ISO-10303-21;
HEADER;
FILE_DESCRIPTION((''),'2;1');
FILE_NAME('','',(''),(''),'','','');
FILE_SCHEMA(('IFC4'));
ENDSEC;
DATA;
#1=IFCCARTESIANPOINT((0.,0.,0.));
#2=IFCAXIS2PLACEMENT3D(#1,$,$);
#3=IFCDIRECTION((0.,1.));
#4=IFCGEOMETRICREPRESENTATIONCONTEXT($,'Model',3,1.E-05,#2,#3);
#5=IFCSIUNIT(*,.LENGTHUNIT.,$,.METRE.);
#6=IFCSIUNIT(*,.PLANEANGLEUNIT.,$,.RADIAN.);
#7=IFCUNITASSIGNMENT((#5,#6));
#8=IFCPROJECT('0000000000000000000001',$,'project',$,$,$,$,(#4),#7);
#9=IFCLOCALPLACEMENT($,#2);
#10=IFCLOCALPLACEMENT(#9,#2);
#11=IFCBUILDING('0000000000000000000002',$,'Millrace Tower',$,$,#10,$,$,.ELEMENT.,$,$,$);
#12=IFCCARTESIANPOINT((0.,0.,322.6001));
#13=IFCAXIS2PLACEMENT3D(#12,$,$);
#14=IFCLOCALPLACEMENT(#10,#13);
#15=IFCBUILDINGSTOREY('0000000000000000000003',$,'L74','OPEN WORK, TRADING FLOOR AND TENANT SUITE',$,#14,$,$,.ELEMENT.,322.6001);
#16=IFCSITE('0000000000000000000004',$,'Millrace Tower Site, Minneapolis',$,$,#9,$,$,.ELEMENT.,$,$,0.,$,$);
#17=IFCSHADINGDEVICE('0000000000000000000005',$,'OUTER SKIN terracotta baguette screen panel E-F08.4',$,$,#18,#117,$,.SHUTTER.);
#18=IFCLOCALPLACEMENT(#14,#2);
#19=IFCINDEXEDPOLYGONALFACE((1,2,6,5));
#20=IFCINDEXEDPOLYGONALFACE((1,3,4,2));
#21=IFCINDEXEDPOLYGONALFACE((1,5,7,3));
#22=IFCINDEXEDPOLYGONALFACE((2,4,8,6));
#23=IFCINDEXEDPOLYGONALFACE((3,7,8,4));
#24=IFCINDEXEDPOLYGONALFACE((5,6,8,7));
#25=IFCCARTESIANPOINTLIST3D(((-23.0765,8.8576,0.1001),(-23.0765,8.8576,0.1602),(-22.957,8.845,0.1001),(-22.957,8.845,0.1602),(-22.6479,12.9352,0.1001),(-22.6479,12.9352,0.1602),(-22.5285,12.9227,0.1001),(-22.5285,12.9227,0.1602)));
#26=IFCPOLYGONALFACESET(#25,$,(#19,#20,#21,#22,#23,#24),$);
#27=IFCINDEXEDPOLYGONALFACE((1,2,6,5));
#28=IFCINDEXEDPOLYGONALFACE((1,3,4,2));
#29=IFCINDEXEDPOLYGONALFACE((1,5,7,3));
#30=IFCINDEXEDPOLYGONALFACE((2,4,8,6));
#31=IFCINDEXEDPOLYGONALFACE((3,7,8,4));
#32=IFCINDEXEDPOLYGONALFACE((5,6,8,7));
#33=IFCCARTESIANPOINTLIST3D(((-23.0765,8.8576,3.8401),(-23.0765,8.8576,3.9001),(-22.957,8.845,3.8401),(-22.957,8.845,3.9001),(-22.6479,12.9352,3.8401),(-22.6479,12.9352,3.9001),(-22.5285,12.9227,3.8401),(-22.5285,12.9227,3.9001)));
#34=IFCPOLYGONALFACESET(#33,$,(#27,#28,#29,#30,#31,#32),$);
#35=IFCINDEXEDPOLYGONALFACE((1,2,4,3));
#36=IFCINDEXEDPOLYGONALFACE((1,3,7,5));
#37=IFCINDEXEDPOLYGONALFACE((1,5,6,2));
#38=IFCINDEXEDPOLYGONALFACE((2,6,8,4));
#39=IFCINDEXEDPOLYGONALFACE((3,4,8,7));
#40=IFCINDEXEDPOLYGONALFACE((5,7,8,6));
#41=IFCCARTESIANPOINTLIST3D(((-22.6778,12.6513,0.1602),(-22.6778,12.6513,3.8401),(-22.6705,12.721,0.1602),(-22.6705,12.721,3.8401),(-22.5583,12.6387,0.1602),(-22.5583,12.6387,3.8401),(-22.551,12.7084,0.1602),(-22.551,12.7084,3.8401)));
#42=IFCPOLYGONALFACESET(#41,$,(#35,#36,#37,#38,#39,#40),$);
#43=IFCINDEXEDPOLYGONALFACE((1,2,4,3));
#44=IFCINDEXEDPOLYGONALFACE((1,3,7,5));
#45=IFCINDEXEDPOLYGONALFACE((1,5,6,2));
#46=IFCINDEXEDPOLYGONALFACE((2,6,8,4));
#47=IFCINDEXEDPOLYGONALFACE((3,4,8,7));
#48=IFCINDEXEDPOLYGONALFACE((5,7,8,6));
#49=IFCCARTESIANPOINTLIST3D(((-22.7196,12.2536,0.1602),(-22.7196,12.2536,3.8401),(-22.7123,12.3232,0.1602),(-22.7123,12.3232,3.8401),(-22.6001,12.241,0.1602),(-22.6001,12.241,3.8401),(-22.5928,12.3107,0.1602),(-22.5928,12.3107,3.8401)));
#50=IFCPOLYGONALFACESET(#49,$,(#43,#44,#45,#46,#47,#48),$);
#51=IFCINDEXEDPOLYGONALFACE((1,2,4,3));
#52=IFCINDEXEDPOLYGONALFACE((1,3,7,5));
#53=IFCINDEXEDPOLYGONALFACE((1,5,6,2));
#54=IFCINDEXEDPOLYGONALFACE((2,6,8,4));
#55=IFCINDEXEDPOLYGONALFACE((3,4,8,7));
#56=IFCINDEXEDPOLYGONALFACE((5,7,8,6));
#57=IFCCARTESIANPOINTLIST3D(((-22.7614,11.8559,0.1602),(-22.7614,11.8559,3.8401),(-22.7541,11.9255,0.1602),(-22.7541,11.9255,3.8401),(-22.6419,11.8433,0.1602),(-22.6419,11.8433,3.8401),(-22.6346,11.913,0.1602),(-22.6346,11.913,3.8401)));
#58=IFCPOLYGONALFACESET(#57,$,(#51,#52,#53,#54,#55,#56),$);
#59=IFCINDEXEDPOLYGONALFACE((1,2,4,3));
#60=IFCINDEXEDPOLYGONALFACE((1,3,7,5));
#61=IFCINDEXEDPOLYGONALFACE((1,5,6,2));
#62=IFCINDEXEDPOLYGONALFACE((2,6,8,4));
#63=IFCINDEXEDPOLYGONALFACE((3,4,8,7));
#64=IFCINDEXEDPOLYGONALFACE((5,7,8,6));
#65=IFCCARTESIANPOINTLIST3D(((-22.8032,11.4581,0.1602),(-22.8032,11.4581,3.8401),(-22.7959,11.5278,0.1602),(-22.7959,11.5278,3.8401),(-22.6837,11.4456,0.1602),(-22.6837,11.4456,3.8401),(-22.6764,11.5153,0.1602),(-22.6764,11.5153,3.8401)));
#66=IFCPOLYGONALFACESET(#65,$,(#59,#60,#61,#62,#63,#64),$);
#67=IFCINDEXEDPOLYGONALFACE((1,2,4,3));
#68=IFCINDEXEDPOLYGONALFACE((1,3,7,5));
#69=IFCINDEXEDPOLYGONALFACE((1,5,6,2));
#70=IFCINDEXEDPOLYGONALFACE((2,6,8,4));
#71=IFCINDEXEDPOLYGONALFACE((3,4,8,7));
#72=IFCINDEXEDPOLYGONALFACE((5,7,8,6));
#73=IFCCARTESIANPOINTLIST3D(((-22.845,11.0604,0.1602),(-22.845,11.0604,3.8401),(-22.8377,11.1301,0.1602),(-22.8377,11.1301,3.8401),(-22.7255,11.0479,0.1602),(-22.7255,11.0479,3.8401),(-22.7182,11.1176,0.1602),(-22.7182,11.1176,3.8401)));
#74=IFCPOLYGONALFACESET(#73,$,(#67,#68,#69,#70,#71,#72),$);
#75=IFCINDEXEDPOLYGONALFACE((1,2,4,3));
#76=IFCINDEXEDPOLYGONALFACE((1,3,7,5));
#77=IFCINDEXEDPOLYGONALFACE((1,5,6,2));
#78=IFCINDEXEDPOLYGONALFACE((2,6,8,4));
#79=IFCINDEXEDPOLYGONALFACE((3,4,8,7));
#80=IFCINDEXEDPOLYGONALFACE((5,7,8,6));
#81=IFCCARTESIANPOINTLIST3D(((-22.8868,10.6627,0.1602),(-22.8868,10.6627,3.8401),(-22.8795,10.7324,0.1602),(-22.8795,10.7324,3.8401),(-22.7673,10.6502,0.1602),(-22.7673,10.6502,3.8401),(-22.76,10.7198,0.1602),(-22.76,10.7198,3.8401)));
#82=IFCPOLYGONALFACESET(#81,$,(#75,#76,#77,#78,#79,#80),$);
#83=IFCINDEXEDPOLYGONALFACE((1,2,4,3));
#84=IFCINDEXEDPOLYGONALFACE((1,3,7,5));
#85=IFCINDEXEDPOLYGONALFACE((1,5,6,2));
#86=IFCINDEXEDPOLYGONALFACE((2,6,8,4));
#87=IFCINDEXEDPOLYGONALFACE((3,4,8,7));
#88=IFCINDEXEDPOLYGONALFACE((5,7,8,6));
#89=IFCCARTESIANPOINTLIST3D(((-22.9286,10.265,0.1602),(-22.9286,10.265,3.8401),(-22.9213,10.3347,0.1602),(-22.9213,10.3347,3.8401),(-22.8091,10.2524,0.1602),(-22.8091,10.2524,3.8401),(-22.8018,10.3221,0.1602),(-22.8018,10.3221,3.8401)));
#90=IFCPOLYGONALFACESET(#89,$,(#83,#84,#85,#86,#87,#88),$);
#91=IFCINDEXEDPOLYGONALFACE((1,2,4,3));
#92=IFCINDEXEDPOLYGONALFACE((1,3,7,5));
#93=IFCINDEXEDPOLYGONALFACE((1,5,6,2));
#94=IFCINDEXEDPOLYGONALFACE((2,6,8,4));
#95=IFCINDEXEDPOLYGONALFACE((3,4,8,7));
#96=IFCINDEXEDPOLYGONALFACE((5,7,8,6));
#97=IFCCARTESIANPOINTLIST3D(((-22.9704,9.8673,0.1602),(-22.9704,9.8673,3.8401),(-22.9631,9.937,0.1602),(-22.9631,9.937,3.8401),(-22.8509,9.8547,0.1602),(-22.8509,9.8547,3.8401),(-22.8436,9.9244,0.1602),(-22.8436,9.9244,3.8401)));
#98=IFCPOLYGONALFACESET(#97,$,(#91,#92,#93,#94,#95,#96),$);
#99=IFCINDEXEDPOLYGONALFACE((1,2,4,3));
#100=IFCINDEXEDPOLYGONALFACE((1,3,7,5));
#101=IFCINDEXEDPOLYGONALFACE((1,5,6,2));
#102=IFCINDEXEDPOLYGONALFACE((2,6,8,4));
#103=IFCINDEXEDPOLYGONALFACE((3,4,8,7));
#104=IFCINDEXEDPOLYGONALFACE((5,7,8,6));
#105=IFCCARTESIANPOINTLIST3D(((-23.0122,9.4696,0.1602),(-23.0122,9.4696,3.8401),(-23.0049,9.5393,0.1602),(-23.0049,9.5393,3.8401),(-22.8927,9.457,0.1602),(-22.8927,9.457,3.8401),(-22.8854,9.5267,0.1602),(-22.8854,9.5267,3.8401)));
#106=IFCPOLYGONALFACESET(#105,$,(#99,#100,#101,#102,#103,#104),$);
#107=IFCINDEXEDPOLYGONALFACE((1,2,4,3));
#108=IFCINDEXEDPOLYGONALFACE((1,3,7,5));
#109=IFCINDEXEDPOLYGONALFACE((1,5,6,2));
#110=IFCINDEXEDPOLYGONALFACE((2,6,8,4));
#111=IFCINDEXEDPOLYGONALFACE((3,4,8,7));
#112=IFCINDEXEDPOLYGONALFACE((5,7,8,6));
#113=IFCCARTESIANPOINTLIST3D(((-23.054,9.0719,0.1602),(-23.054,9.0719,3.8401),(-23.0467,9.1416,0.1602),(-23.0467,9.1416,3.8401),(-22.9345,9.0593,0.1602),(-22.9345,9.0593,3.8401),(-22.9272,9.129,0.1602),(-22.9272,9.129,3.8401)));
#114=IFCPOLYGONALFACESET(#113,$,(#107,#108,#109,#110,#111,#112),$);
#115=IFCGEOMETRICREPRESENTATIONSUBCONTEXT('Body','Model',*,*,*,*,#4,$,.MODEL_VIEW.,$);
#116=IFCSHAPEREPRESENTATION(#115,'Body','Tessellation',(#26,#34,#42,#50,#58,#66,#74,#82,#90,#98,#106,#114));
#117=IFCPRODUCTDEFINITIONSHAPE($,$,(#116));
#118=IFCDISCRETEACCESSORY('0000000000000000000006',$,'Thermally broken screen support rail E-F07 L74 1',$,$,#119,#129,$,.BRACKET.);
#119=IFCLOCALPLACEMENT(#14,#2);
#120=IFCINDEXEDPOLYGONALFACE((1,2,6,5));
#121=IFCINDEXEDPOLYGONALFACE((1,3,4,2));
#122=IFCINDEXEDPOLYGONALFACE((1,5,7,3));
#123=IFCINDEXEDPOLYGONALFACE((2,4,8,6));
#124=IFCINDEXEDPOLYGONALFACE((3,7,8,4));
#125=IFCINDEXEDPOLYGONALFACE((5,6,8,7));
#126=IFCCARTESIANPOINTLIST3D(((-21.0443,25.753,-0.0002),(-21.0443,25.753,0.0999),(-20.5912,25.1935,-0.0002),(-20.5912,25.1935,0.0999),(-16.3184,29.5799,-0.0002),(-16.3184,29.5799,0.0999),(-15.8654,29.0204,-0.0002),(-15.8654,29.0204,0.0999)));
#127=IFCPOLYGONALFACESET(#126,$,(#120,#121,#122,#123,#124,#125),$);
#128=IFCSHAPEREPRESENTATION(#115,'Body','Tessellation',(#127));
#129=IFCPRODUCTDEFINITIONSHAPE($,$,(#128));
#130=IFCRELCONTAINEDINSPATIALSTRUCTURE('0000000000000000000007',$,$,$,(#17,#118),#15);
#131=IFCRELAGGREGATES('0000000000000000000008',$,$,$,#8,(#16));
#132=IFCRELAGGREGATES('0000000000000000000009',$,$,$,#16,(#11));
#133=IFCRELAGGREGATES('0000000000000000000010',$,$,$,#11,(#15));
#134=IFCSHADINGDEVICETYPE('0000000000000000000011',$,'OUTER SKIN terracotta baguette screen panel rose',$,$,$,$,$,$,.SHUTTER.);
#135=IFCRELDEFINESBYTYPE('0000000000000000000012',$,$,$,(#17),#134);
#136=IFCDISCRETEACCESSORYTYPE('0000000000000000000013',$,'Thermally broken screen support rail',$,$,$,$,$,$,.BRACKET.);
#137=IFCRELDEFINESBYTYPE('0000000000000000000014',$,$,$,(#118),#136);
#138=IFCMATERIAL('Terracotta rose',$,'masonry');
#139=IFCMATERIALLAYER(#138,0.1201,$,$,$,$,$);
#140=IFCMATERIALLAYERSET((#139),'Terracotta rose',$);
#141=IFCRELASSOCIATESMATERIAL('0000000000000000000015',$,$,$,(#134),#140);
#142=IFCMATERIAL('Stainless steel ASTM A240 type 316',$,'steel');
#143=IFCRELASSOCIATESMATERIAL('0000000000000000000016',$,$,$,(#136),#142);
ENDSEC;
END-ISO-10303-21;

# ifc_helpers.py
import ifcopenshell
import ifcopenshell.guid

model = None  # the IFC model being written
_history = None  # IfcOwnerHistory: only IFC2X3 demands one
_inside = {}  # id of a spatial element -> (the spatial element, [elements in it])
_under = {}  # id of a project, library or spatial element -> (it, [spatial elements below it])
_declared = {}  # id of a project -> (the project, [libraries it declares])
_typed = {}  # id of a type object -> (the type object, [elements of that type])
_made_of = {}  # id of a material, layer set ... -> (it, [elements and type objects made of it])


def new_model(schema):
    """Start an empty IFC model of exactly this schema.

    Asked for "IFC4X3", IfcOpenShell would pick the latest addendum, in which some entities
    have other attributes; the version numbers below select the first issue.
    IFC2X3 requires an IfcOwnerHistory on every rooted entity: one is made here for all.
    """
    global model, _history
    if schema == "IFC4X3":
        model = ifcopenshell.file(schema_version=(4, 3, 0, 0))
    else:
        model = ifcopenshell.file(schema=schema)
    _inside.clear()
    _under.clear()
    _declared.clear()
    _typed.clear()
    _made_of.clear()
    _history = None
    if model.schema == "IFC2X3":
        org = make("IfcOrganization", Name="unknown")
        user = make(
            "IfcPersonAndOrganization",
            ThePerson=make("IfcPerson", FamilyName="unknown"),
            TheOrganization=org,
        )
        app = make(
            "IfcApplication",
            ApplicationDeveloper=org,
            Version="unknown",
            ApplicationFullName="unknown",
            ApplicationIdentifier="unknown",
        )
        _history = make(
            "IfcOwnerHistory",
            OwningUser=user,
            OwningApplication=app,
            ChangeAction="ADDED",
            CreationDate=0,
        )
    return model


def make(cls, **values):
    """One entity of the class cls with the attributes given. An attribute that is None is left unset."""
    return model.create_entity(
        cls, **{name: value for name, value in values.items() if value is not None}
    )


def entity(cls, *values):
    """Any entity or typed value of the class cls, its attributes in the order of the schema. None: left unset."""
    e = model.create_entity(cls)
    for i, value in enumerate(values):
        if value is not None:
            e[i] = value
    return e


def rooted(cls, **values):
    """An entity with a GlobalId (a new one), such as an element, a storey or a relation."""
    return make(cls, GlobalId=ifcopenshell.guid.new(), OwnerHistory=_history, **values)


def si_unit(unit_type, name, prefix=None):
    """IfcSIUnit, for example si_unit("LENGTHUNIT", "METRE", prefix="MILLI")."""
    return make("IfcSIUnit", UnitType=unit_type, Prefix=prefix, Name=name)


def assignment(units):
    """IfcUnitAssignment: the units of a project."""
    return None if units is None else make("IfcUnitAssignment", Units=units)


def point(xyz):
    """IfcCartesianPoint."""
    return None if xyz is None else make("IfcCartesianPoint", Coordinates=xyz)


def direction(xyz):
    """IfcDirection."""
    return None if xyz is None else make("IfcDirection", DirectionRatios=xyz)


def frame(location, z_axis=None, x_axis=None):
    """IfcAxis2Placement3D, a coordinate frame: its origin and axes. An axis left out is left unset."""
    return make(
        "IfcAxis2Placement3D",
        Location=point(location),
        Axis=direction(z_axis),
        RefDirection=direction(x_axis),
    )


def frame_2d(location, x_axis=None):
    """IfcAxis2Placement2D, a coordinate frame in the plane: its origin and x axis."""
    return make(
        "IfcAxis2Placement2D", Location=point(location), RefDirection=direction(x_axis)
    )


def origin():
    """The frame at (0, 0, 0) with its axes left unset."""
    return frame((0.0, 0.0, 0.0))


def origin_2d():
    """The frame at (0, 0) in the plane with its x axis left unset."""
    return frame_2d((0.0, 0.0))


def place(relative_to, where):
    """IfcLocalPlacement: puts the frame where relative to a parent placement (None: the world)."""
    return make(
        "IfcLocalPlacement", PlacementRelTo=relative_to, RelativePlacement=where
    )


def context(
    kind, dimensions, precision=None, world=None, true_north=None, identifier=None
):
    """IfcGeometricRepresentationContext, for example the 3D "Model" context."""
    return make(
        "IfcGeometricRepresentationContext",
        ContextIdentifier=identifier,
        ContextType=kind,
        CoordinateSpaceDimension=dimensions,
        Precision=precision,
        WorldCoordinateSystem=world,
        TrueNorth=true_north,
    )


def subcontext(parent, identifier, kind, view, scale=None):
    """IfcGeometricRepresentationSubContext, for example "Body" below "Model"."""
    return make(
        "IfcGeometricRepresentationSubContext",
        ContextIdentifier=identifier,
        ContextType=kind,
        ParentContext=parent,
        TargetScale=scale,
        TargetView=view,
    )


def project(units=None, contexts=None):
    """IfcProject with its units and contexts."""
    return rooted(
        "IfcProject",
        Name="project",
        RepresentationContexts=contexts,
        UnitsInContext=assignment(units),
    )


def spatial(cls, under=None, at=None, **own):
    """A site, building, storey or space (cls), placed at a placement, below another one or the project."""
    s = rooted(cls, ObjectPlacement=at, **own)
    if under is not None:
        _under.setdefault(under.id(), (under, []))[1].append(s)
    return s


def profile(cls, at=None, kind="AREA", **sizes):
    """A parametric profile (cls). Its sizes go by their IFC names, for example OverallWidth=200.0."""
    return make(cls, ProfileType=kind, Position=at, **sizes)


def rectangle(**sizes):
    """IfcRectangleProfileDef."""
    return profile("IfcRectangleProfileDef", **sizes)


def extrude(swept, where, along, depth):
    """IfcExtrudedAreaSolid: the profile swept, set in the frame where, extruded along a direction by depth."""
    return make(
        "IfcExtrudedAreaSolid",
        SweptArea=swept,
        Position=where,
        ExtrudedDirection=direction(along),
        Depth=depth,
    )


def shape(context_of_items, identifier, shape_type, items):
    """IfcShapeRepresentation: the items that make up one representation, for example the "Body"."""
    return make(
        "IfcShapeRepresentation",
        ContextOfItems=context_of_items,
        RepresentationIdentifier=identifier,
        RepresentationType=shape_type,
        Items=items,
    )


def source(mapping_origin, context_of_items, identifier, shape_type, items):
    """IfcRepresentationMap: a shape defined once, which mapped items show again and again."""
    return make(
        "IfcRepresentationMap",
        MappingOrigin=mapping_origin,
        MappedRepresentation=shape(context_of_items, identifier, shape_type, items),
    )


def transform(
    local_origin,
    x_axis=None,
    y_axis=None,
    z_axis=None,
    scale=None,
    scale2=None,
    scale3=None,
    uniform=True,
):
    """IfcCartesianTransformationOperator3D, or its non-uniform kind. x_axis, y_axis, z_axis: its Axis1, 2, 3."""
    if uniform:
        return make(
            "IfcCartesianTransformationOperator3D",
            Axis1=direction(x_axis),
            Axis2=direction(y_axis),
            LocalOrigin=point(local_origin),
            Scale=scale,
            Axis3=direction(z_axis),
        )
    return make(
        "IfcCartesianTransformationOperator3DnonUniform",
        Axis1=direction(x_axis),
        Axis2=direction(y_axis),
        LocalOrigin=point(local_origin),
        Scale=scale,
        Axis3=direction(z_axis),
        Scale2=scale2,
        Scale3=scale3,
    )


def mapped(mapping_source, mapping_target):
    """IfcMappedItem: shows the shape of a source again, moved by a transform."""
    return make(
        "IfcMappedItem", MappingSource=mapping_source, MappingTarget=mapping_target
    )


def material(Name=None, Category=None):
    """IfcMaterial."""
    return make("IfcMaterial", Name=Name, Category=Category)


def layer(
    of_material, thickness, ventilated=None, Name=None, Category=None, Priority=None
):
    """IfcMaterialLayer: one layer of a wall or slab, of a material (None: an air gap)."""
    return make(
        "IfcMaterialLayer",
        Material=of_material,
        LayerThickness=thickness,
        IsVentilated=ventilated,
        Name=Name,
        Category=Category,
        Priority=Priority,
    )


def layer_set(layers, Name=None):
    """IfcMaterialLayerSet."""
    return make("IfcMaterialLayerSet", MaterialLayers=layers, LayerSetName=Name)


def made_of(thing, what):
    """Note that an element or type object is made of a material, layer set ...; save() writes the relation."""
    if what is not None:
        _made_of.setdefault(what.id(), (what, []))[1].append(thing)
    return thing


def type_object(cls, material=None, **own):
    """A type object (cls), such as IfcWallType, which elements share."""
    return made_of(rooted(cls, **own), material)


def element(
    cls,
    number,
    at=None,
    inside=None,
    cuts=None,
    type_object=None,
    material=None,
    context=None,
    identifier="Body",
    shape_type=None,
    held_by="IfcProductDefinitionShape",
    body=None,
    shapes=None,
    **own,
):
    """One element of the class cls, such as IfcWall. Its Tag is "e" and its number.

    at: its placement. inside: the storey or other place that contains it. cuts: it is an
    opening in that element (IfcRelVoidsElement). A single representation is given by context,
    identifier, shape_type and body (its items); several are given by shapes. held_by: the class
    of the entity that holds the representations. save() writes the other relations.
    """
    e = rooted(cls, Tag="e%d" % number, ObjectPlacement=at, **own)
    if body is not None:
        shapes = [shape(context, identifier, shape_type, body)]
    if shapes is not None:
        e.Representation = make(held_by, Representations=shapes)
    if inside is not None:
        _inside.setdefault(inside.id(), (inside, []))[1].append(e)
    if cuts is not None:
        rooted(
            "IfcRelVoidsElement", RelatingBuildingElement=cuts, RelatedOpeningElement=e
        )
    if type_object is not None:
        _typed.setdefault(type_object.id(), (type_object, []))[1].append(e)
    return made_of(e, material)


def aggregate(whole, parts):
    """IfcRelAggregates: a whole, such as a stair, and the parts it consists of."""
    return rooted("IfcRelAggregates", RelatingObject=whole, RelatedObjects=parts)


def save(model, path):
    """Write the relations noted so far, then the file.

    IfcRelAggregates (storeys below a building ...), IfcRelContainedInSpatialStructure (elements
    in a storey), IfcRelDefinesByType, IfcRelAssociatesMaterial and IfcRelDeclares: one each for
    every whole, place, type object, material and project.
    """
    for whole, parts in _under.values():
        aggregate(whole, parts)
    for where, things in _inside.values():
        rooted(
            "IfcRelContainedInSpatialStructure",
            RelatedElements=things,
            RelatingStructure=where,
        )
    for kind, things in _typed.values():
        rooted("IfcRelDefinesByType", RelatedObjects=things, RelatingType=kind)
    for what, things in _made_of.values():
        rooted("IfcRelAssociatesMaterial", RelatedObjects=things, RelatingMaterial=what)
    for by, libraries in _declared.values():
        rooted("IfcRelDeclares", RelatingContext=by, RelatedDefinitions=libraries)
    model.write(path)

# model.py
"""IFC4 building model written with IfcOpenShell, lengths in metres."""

from ifc_helpers import new_model, entity, si_unit, direction, frame, frame_2d, origin, origin_2d, place, context, subcontext, project, spatial, rectangle, extrude, source, transform, mapped, material, layer, layer_set, type_object, element, save


model = new_model("IFC4")

# Units and contexts
model_context = context("Model", 3, precision=1e-05, world=origin(), true_north=direction((0.0, 1.0)))
body_context = subcontext(model_context, "Body", "Model", "MODEL_VIEW")
ifc_project = project(units=[si_unit("LENGTHUNIT", "METRE"), si_unit("PLANEANGLEUNIT", "RADIAN")], contexts=[model_context])

# Site, building, storey
site_placement = place(None, origin())
site = spatial("IfcSite", under=ifc_project, at=site_placement, Name="Millrace Tower Site, Minneapolis", CompositionType="ELEMENT", RefElevation=0.0)
building_placement = place(site_placement, origin())
building = spatial("IfcBuilding", under=site, at=building_placement, Name="Millrace Tower", CompositionType="ELEMENT")
storey_placement = place(building_placement, frame((0.0, 0.0, 322.6001)))
storey = spatial("IfcBuildingStorey", under=building, at=storey_placement, Name="L74", Description="OPEN WORK, TRADING FLOOR AND TENANT SUITE", CompositionType="ELEMENT", Elevation=322.6001)

# Shading device
ifc_material_1 = material(Name="Terracotta rose", Category="masonry")
ifc_layer_1 = layer(ifc_material_1, 0.1201)
ifc_layer_set_1 = layer_set([ifc_layer_1], Name="Terracotta rose")
shading_device_type = type_object("IfcShadingDeviceType", Name="OUTER SKIN terracotta baguette screen panel rose", PredefinedType="SHUTTER", material=ifc_layer_set_1)
cartesian_point_1 = entity("IfcCartesianPoint", [-2.05, 0.0601])
shared_polyline_1 = entity("IfcPolyline", [cartesian_point_1, entity("IfcCartesianPoint", [2.05, 0.0601]), entity("IfcCartesianPoint", [2.05, -0.0601]), entity("IfcCartesianPoint", [-2.05, -0.0601]), cartesian_point_1])
shared_shape_1 = source(origin(), body_context, "Body", "SweptSolid", [
    entity("IfcExtrudedAreaSolid", entity("IfcArbitraryClosedProfileDef", "AREA", None, shared_polyline_1), entity("IfcAxis2Placement3D", entity("IfcCartesianPoint", [0.0, 0.0, 0.0])), entity("IfcDirection", [0.0, 0.0, 1.0]), 0.0601),
    entity("IfcExtrudedAreaSolid", entity("IfcArbitraryClosedProfileDef", "AREA", None, shared_polyline_1), entity("IfcAxis2Placement3D", entity("IfcCartesianPoint", [0.0, 0.0, 3.74])), entity("IfcDirection", [0.0, 0.0, 1.0]), 0.0601),
    extrude(rectangle(XDim=0.0701, YDim=0.1201, at=frame_2d((-1.7996, 0.0))), frame((0.0, 0.0, 0.0601)), (0.0, 0.0, 1.0), 3.6799),
    extrude(rectangle(XDim=0.0701, YDim=0.1201, at=frame_2d((-1.3997, 0.0))), frame((0.0, 0.0, 0.0601)), (0.0, 0.0, 1.0), 3.6799),
    extrude(rectangle(XDim=0.0701, YDim=0.1201, at=frame_2d((-0.9998, 0.0))), frame((0.0, 0.0, 0.0601)), (0.0, 0.0, 1.0), 3.6799),
    extrude(rectangle(XDim=0.0701, YDim=0.1201, at=frame_2d((-0.5999, 0.0))), frame((0.0, 0.0, 0.0601)), (0.0, 0.0, 1.0), 3.6799),
    extrude(rectangle(XDim=0.0701, YDim=0.1201, at=frame_2d((-0.2, 0.0))), frame((0.0, 0.0, 0.0601)), (0.0, 0.0, 1.0), 3.6799),
    extrude(rectangle(XDim=0.0701, YDim=0.1201, at=frame_2d((0.2, 0.0))), frame((0.0, 0.0, 0.0601)), (0.0, 0.0, 1.0), 3.6799),
    extrude(rectangle(XDim=0.0701, YDim=0.1201, at=frame_2d((0.5999, 0.0))), frame((0.0, 0.0, 0.0601)), (0.0, 0.0, 1.0), 3.6799),
    extrude(rectangle(XDim=0.0701, YDim=0.1201, at=frame_2d((0.9998, 0.0))), frame((0.0, 0.0, 0.0601)), (0.0, 0.0, 1.0), 3.6799),
    extrude(rectangle(XDim=0.0701, YDim=0.1201, at=frame_2d((1.3997, 0.0))), frame((0.0, 0.0, 0.0601)), (0.0, 0.0, 1.0), 3.6799),
    extrude(rectangle(XDim=0.0701, YDim=0.1201, at=frame_2d((1.7996, 0.0))), frame((0.0, 0.0, 0.0601)), (0.0, 0.0, 1.0), 3.6799),
])
for number, where, z_axis, x_axis, name in (
    (1, (-22.8025, 10.8901, 0.1001), (0.0, 0.0, 1.0), (-0.104528, -0.994522, 0.0), "OUTER SKIN terracotta baguette screen panel E-F08.4"),
):
    element("IfcShadingDevice", number, at=place(storey_placement, frame(where, z_axis=z_axis, x_axis=x_axis)), inside=storey, type_object=shading_device_type, Name=name, PredefinedType="SHUTTER", context=body_context, shape_type="MappedRepresentation", body=[
        mapped(shared_shape_1, transform((0.0, 0.0, 0.0), scale=1.0)),
    ])

# Discrete accessory
ifc_material_2 = material(Name="Stainless steel ASTM A240 type 316", Category="steel")
discrete_accessory_type = type_object("IfcDiscreteAccessoryType", Name="Thermally broken screen support rail", PredefinedType="BRACKET", material=ifc_material_2)
discrete_accessory_placement = place(storey_placement, frame((-18.4548, 27.3867, -0.0002), z_axis=(0.0, 0.0, 1.0), x_axis=(-0.777146, -0.62932, 0.0)))
element("IfcDiscreteAccessory", 2, at=discrete_accessory_placement, inside=storey, type_object=discrete_accessory_type, Name="Thermally broken screen support rail E-F07 L74 1", PredefinedType="BRACKET", context=body_context, shape_type="SweptSolid", body=[
    extrude(rectangle(XDim=6.0811, YDim=0.72, at=origin_2d()), origin(), (0.0, 0.0, 1.0), 0.1001),
])

save(model, "model.ifc")
